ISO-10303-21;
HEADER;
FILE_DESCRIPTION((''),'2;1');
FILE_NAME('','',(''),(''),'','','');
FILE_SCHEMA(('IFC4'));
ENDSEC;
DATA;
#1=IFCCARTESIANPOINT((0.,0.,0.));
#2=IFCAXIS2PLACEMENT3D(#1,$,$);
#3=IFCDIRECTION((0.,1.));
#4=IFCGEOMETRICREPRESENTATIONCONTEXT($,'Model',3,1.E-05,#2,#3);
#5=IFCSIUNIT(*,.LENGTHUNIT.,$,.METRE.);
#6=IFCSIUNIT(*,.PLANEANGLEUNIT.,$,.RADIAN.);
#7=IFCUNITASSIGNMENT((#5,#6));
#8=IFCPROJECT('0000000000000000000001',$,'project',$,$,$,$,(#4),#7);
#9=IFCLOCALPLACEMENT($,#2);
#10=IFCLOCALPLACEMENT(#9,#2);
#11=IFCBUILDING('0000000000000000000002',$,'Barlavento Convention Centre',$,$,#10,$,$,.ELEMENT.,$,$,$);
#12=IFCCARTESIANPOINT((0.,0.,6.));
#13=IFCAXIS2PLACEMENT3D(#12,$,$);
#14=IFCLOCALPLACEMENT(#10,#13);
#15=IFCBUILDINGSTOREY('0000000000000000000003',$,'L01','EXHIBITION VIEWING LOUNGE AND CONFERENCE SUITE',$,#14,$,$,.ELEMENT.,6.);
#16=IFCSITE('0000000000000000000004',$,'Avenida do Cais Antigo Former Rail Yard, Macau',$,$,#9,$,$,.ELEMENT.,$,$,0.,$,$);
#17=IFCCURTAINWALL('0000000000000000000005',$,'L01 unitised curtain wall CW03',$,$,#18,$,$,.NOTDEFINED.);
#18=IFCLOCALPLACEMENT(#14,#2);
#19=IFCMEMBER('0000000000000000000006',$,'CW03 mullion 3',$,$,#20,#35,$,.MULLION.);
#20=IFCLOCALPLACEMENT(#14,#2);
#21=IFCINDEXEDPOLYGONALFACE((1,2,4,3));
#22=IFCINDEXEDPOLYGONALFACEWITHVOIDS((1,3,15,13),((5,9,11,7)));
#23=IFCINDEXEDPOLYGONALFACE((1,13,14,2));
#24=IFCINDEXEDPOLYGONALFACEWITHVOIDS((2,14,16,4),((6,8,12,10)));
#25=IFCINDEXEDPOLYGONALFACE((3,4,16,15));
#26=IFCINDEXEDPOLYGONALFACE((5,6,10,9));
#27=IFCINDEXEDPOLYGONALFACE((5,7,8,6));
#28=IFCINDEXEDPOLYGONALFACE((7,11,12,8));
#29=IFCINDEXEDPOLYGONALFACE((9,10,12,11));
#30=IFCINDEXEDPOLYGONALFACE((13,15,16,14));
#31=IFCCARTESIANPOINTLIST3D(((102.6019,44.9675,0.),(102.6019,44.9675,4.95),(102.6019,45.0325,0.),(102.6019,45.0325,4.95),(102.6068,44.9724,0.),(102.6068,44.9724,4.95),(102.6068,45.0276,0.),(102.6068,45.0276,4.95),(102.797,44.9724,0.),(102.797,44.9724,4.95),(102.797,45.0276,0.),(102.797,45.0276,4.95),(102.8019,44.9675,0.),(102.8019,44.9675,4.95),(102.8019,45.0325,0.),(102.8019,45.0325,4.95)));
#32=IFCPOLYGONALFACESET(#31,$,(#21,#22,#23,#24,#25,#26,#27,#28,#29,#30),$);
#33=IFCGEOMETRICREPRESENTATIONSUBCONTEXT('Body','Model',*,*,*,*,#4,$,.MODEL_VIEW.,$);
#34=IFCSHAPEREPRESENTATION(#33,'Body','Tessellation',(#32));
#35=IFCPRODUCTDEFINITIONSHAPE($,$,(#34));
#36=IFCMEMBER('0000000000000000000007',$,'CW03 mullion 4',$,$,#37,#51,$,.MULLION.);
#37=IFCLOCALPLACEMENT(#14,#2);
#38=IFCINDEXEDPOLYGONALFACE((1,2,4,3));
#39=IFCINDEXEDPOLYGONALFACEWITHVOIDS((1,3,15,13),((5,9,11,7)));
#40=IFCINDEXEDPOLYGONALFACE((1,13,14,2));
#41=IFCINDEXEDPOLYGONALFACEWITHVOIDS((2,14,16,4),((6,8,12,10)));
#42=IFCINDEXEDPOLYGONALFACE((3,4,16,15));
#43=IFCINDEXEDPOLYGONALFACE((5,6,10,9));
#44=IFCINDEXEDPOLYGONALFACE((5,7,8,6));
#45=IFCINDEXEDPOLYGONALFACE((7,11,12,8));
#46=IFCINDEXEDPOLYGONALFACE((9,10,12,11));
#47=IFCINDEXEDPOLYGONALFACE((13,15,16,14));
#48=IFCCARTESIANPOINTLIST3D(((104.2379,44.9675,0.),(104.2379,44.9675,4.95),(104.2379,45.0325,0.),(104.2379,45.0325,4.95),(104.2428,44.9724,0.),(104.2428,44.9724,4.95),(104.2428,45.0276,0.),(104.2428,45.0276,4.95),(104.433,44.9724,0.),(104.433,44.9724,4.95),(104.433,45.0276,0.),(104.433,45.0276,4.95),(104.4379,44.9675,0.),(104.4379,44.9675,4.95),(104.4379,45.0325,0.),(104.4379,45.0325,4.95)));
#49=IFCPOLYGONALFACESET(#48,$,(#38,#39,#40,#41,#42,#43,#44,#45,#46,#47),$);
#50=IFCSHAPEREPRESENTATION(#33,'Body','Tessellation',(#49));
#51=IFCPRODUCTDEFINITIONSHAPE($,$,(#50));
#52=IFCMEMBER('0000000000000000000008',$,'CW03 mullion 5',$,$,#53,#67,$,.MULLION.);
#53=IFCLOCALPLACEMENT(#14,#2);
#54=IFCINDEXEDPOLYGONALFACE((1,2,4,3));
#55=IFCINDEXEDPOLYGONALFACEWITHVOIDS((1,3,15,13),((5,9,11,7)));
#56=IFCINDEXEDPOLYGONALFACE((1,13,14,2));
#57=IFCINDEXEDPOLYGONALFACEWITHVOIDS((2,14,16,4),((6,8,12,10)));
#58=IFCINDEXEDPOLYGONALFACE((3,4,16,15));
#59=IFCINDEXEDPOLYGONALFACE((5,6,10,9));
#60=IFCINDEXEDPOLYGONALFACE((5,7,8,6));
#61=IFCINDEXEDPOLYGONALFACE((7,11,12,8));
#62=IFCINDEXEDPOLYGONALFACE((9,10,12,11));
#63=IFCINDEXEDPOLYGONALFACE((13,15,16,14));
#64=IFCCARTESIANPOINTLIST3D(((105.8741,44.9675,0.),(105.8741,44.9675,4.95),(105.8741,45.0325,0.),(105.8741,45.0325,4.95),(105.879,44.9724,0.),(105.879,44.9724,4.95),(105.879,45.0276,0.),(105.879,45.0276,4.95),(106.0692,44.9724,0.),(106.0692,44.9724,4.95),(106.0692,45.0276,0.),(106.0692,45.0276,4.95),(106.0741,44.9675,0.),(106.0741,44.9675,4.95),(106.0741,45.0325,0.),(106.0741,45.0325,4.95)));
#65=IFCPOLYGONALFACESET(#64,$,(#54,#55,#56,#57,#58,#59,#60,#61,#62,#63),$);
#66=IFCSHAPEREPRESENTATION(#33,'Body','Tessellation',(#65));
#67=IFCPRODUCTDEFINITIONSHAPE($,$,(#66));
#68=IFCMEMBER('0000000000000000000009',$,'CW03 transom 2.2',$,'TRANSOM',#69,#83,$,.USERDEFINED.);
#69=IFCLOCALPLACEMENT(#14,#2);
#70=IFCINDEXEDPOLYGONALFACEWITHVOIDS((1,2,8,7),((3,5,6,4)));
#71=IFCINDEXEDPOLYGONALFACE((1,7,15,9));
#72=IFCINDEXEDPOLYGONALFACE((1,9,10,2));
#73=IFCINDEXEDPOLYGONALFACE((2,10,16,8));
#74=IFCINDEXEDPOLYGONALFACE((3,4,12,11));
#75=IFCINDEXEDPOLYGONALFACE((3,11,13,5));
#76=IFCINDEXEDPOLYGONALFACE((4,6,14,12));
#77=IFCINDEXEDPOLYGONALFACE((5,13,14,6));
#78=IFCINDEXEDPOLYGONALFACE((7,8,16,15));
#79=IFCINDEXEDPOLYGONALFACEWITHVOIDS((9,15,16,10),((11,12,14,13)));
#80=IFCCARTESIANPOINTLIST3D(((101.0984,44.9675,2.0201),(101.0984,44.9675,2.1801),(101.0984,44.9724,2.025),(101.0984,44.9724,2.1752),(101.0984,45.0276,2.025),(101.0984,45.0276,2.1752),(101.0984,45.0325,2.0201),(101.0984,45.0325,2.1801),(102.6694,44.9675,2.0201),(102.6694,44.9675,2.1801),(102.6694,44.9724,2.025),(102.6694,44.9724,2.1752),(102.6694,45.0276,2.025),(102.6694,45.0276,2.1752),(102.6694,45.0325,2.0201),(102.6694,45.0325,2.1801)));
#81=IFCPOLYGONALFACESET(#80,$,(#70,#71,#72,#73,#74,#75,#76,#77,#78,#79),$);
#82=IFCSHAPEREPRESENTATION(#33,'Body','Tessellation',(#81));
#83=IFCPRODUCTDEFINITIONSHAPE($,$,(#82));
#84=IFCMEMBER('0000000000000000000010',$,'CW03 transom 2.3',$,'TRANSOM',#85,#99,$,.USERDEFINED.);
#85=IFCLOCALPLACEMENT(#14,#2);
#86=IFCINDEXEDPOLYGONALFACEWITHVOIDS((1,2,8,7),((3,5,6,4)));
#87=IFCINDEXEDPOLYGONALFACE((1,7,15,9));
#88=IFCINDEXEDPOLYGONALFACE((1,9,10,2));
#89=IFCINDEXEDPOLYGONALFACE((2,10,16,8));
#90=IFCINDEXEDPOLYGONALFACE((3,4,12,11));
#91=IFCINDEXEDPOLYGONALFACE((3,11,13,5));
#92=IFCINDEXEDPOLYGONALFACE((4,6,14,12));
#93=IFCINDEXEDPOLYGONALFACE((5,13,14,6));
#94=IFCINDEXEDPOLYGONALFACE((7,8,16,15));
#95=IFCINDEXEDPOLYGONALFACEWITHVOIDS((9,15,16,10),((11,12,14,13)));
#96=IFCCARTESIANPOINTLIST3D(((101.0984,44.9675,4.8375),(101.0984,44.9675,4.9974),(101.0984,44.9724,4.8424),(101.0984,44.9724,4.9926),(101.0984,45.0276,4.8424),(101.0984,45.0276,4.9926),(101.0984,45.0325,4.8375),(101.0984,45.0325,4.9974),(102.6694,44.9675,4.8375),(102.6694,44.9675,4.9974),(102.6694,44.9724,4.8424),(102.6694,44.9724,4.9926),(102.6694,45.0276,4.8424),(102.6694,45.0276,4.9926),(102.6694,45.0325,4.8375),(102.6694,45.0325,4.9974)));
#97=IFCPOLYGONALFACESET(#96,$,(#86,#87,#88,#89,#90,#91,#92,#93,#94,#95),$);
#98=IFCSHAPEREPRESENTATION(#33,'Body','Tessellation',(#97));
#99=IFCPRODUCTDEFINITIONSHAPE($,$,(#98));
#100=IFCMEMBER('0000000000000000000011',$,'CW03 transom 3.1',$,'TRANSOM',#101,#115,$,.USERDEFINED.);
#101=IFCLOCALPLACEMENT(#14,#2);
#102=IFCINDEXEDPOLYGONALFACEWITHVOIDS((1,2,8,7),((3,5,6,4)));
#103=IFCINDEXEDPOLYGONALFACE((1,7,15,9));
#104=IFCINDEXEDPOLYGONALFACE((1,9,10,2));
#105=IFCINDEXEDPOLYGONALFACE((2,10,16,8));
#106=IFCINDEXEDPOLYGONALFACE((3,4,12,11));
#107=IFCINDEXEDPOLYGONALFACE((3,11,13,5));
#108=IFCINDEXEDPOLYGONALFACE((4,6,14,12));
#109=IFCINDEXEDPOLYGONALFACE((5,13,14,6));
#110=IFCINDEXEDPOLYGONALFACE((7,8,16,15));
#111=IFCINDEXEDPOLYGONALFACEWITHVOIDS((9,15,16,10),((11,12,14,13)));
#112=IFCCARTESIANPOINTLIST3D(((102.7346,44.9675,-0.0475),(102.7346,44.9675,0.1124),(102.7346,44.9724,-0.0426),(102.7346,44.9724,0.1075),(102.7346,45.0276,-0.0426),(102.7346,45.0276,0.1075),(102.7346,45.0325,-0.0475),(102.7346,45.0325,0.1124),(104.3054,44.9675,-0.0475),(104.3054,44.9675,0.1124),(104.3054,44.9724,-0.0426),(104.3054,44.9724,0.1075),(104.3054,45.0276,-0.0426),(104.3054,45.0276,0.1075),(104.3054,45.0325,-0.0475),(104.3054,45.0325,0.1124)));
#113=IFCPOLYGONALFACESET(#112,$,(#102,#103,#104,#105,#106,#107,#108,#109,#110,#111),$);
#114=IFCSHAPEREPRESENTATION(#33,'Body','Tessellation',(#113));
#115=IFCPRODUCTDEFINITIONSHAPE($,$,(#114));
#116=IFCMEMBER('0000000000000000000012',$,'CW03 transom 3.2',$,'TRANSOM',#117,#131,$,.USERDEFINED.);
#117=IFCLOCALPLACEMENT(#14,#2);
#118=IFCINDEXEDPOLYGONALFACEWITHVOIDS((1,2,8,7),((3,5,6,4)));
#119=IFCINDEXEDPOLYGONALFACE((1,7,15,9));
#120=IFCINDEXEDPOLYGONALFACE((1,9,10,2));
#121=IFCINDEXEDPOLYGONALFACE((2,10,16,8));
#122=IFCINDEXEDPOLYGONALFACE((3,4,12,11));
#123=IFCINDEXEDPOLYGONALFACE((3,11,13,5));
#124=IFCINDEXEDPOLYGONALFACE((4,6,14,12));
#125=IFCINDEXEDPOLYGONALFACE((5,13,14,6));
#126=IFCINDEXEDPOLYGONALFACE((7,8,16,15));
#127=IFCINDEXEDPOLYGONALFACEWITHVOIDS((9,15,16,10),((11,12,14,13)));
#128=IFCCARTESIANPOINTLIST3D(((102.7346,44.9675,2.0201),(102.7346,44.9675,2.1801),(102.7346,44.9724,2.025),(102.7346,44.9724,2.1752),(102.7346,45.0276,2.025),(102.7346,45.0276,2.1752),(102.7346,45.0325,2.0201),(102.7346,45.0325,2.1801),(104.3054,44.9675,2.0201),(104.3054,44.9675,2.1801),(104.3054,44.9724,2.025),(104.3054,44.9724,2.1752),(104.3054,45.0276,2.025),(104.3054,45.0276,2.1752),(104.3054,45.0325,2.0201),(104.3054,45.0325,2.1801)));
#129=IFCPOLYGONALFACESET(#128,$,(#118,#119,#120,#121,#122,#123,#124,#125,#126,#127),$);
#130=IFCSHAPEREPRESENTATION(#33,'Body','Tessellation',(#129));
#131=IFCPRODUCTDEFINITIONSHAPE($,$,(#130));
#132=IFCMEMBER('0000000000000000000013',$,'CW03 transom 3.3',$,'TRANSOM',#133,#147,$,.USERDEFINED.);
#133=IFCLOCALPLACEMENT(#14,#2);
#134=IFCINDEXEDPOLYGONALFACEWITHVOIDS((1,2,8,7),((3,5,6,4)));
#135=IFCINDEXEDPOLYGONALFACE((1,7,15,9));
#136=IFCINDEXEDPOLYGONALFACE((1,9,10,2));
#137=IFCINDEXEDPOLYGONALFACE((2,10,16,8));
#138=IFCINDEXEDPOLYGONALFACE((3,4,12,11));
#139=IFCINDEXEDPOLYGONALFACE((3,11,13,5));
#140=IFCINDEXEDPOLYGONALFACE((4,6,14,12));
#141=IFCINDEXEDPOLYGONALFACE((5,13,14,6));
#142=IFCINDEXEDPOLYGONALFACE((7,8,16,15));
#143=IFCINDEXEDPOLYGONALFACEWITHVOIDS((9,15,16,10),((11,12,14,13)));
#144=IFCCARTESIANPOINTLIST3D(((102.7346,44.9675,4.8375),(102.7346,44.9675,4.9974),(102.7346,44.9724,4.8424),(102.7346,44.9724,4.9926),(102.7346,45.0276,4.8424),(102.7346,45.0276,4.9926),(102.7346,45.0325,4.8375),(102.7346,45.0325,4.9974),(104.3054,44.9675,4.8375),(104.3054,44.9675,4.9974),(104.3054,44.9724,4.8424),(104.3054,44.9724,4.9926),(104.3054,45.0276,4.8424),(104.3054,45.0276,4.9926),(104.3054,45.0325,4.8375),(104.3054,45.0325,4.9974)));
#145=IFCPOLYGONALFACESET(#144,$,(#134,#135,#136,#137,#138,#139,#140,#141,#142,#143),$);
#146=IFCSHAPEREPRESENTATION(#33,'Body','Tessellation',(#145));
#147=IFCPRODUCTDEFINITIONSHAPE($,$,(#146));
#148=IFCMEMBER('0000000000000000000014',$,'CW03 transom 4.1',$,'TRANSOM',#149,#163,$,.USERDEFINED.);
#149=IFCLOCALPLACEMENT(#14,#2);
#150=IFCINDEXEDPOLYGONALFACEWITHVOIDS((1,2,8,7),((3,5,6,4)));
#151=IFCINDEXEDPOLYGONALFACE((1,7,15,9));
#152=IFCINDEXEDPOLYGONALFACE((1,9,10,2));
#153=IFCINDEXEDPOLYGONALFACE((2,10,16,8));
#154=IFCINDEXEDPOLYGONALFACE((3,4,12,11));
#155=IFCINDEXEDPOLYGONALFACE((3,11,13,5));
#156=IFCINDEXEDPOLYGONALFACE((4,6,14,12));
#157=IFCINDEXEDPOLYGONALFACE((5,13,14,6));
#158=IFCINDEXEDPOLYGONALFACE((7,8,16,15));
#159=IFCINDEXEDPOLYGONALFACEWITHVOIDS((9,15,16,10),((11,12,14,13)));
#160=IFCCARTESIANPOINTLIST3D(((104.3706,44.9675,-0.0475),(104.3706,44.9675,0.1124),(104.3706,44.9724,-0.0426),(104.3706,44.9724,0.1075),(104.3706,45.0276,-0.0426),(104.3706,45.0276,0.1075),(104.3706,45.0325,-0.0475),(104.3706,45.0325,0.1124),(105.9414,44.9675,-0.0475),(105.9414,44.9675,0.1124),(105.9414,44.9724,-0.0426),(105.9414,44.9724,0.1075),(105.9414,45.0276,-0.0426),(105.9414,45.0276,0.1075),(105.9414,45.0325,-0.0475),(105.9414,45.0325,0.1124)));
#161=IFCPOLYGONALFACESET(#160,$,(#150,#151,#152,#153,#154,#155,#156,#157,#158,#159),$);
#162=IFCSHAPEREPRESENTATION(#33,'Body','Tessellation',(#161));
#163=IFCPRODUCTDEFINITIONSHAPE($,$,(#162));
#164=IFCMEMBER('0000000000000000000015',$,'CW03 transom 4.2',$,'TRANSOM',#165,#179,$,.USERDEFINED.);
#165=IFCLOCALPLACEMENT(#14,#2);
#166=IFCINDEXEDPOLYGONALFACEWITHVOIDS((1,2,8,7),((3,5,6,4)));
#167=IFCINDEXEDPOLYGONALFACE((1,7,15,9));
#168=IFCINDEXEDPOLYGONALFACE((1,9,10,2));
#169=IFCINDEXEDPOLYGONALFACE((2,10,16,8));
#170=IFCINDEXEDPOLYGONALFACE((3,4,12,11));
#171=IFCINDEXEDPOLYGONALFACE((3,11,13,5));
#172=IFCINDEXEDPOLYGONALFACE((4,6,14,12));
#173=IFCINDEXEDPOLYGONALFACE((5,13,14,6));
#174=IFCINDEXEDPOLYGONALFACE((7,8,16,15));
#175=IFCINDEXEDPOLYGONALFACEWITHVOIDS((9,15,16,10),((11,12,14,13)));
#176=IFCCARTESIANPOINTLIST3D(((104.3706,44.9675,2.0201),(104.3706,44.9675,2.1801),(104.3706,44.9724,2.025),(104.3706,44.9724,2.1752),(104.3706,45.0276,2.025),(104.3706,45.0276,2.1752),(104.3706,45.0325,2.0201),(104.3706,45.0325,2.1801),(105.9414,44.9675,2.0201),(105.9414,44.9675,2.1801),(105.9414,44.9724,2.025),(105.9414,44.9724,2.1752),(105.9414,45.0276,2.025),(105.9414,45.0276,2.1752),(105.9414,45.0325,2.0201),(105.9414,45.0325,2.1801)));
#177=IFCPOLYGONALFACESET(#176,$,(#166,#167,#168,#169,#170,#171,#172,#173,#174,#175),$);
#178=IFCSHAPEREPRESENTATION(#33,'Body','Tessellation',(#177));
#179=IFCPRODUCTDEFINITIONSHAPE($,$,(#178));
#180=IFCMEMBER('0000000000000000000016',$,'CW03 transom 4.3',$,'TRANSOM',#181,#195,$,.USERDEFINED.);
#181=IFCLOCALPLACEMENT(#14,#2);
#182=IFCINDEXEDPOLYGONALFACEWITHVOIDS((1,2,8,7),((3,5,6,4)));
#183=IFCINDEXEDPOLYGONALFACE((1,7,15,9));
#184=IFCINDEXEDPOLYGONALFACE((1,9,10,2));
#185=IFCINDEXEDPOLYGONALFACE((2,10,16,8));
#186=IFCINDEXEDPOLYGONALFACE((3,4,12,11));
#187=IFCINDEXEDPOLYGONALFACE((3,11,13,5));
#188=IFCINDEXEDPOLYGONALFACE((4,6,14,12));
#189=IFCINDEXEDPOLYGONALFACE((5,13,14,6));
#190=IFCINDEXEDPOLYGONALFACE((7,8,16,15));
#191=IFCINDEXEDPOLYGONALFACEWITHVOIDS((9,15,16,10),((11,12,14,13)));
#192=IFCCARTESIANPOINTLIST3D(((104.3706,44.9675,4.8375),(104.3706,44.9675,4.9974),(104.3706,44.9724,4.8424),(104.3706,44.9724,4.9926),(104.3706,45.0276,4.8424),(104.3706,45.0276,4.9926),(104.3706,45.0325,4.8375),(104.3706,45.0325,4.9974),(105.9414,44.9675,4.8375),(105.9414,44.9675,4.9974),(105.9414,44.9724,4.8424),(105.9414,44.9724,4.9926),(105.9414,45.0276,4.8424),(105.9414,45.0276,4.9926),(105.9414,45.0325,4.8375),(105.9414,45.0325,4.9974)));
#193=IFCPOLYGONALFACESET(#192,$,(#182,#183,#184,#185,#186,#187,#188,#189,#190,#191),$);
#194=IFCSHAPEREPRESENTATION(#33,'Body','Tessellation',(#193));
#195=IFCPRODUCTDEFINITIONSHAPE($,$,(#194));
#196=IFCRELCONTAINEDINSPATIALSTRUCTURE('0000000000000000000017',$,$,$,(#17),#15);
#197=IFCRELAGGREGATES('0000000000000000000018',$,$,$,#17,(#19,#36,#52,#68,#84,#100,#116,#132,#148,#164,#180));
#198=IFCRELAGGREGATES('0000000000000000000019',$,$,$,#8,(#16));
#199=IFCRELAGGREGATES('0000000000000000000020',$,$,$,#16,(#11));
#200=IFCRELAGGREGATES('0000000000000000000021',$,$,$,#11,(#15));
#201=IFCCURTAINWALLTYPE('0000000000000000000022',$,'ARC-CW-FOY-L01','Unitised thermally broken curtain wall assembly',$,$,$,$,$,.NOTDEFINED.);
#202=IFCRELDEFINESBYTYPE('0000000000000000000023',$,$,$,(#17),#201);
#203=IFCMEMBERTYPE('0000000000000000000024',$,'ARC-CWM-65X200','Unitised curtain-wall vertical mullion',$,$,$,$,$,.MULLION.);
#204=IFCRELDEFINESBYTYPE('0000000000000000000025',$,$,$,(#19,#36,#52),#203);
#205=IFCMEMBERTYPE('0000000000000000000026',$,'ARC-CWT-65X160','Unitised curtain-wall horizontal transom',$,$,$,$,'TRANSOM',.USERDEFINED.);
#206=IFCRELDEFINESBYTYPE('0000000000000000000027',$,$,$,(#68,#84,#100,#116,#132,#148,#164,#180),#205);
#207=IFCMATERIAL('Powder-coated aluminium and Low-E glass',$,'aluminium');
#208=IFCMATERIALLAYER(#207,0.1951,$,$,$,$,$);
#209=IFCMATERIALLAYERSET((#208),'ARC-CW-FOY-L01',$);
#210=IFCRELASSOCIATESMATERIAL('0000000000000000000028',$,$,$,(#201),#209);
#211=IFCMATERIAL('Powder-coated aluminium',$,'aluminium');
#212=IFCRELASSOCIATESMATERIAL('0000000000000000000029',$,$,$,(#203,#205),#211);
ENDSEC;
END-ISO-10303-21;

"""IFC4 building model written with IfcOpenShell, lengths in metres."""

from ifc_helpers import new_model, si_unit, direction, frame, origin, origin_2d, place, context, subcontext, project, spatial, hollow_rectangle, extrude, material, layer, layer_set, material_profile, profile_set, type_object, element, aggregate, save


model = new_model("IFC4")

# Units and contexts
model_context = context("Model", 3, precision=1e-05, world=origin(), true_north=direction((0.0, 1.0)))
body_context = subcontext(model_context, "Body", "Model", "MODEL_VIEW")
ifc_project = project(units=[si_unit("LENGTHUNIT", "METRE"), si_unit("PLANEANGLEUNIT", "RADIAN")], contexts=[model_context])

# Site, building, storey
site_placement = place(None, origin())
site = spatial("IfcSite", under=ifc_project, at=site_placement, Name="Avenida do Cais Antigo Former Rail Yard, Macau", CompositionType="ELEMENT", RefElevation=0.0)
building_placement = place(site_placement, origin())
building = spatial("IfcBuilding", under=site, at=building_placement, Name="Barlavento Convention Centre", CompositionType="ELEMENT")
storey_placement = place(building_placement, frame((0.0, 0.0, 6.0)))
storey = spatial("IfcBuildingStorey", under=building, at=storey_placement, Name="L01", Description="EXHIBITION VIEWING LOUNGE AND CONFERENCE SUITE", CompositionType="ELEMENT", Elevation=6.0)

# Curtain wall, members
ifc_material_1 = material(Name="Powder-coated aluminium and Low-E glass", Category="aluminium")
ifc_layer_1 = layer(ifc_material_1, 0.1951)
ifc_layer_set_1 = layer_set([ifc_layer_1], Name="ARC-CW-FOY-L01")
curtain_wall_type = type_object("IfcCurtainWallType", Name="ARC-CW-FOY-L01", Description="Unitised thermally broken curtain wall assembly", PredefinedType="NOTDEFINED", material=ifc_layer_set_1)
curtain_wall_placement = place(storey_placement, origin())
curtain_wall = element("IfcCurtainWall", 1, at=curtain_wall_placement, inside=storey, type_object=curtain_wall_type, Name="L01 unitised curtain wall CW03", PredefinedType="NOTDEFINED")
ifc_material_2 = material(Name="Powder-coated aluminium", Category="aluminium")
ifc_material_profile_1 = material_profile(ifc_material_2, hollow_rectangle(XDim=0.0649, YDim=0.2, WallThickness=0.0049, at=origin_2d()), Name="AL-MULL 65x200x5")
ifc_profile_set_1 = profile_set([ifc_material_profile_1], Name="Powder-coated aluminium")
member_type_1 = type_object("IfcMemberType", Name="ARC-CWM-65X200", Description="Unitised curtain-wall vertical mullion", PredefinedType="MULLION", material=ifc_profile_set_1)
member_1_placement = place(storey_placement, frame((102.7019, 45.0, 0.0), z_axis=(0.0, 0.0, 1.0), x_axis=(0.0, 1.0, 0.0)))
member_1 = element("IfcMember", 2, at=member_1_placement, type_object=member_type_1, Name="CW03 mullion 3", PredefinedType="MULLION", context=body_context, shape_type="SweptSolid", body=[
    extrude(hollow_rectangle(XDim=0.0649, YDim=0.2, WallThickness=0.0049, at=origin_2d()), origin(), (0.0, 0.0, 1.0), 4.95),
])
member_2_placement = place(storey_placement, frame((104.3379, 45.0, 0.0), z_axis=(0.0, 0.0, 1.0), x_axis=(0.0, 1.0, 0.0)))
member_2 = element("IfcMember", 3, at=member_2_placement, type_object=member_type_1, Name="CW03 mullion 4", PredefinedType="MULLION", context=body_context, shape_type="SweptSolid", body=[
    extrude(hollow_rectangle(XDim=0.0649, YDim=0.2, WallThickness=0.0049, at=origin_2d()), origin(), (0.0, 0.0, 1.0), 4.95),
])
member_3_placement = place(storey_placement, frame((105.9741, 45.0, 0.0), z_axis=(0.0, 0.0, 1.0), x_axis=(0.0, 1.0, 0.0)))
member_3 = element("IfcMember", 4, at=member_3_placement, type_object=member_type_1, Name="CW03 mullion 5", PredefinedType="MULLION", context=body_context, shape_type="SweptSolid", body=[
    extrude(hollow_rectangle(XDim=0.0649, YDim=0.2, WallThickness=0.0049, at=origin_2d()), origin(), (0.0, 0.0, 1.0), 4.95),
])
ifc_material_profile_2 = material_profile(ifc_material_2, hollow_rectangle(XDim=0.0649, YDim=0.1599, WallThickness=0.0049, at=origin_2d()), Name="AL-TRAN 65x160x5")
ifc_profile_set_2 = profile_set([ifc_material_profile_2], Name="Powder-coated aluminium")
member_type_2 = type_object("IfcMemberType", Name="ARC-CWT-65X160", Description="Unitised curtain-wall horizontal transom", ElementType="TRANSOM", PredefinedType="USERDEFINED", material=ifc_profile_set_2)
member_4_placement = place(storey_placement, frame((101.0984, 45.0, 2.1001), z_axis=(1.0, 0.0, 0.0), x_axis=(0.0, 1.0, 0.0)))
member_4 = element("IfcMember", 5, at=member_4_placement, type_object=member_type_2, Name="CW03 transom 2.2", ObjectType="TRANSOM", PredefinedType="USERDEFINED", context=body_context, shape_type="SweptSolid", body=[
    extrude(hollow_rectangle(XDim=0.0649, YDim=0.1599, WallThickness=0.0049, at=origin_2d()), origin(), (0.0, 0.0, 1.0), 1.571),
])
member_5_placement = place(storey_placement, frame((101.0984, 45.0, 4.9175), z_axis=(1.0, 0.0, 0.0), x_axis=(0.0, 1.0, 0.0)))
member_5 = element("IfcMember", 6, at=member_5_placement, type_object=member_type_2, Name="CW03 transom 2.3", ObjectType="TRANSOM", PredefinedType="USERDEFINED", context=body_context, shape_type="SweptSolid", body=[
    extrude(hollow_rectangle(XDim=0.0649, YDim=0.1599, WallThickness=0.0049, at=origin_2d()), origin(), (0.0, 0.0, 1.0), 1.571),
])
member_6_placement = place(storey_placement, frame((102.7346, 45.0, 0.0325), z_axis=(1.0, 0.0, 0.0), x_axis=(0.0, 1.0, 0.0)))
member_6 = element("IfcMember", 7, at=member_6_placement, type_object=member_type_2, Name="CW03 transom 3.1", ObjectType="TRANSOM", PredefinedType="USERDEFINED", context=body_context, shape_type="SweptSolid", body=[
    extrude(hollow_rectangle(XDim=0.0649, YDim=0.1599, WallThickness=0.0049, at=origin_2d()), origin(), (0.0, 0.0, 1.0), 1.5708),
])
member_7_placement = place(storey_placement, frame((102.7346, 45.0, 2.1001), z_axis=(1.0, 0.0, 0.0), x_axis=(0.0, 1.0, 0.0)))
member_7 = element("IfcMember", 8, at=member_7_placement, type_object=member_type_2, Name="CW03 transom 3.2", ObjectType="TRANSOM", PredefinedType="USERDEFINED", context=body_context, shape_type="SweptSolid", body=[
    extrude(hollow_rectangle(XDim=0.0649, YDim=0.1599, WallThickness=0.0049, at=origin_2d()), origin(), (0.0, 0.0, 1.0), 1.5708),
])
member_8_placement = place(storey_placement, frame((102.7346, 45.0, 4.9175), z_axis=(1.0, 0.0, 0.0), x_axis=(0.0, 1.0, 0.0)))
member_8 = element("IfcMember", 9, at=member_8_placement, type_object=member_type_2, Name="CW03 transom 3.3", ObjectType="TRANSOM", PredefinedType="USERDEFINED", context=body_context, shape_type="SweptSolid", body=[
    extrude(hollow_rectangle(XDim=0.0649, YDim=0.1599, WallThickness=0.0049, at=origin_2d()), origin(), (0.0, 0.0, 1.0), 1.5708),
])
member_9_placement = place(storey_placement, frame((104.3706, 45.0, 0.0325), z_axis=(1.0, 0.0, 0.0), x_axis=(0.0, 1.0, 0.0)))
member_9 = element("IfcMember", 10, at=member_9_placement, type_object=member_type_2, Name="CW03 transom 4.1", ObjectType="TRANSOM", PredefinedType="USERDEFINED", context=body_context, shape_type="SweptSolid", body=[
    extrude(hollow_rectangle(XDim=0.0649, YDim=0.1599, WallThickness=0.0049, at=origin_2d()), origin(), (0.0, 0.0, 1.0), 1.5708),
])
member_10_placement = place(storey_placement, frame((104.3706, 45.0, 2.1001), z_axis=(1.0, 0.0, 0.0), x_axis=(0.0, 1.0, 0.0)))
member_10 = element("IfcMember", 11, at=member_10_placement, type_object=member_type_2, Name="CW03 transom 4.2", ObjectType="TRANSOM", PredefinedType="USERDEFINED", context=body_context, shape_type="SweptSolid", body=[
    extrude(hollow_rectangle(XDim=0.0649, YDim=0.1599, WallThickness=0.0049, at=origin_2d()), origin(), (0.0, 0.0, 1.0), 1.5708),
])
member_11_placement = place(storey_placement, frame((104.3706, 45.0, 4.9175), z_axis=(1.0, 0.0, 0.0), x_axis=(0.0, 1.0, 0.0)))
member_11 = element("IfcMember", 12, at=member_11_placement, type_object=member_type_2, Name="CW03 transom 4.3", ObjectType="TRANSOM", PredefinedType="USERDEFINED", context=body_context, shape_type="SweptSolid", body=[
    extrude(hollow_rectangle(XDim=0.0649, YDim=0.1599, WallThickness=0.0049, at=origin_2d()), origin(), (0.0, 0.0, 1.0), 1.5708),
])
aggregate(curtain_wall, [member_1, member_2, member_3, member_4, member_5, member_6, member_7, member_8, member_9, member_10, member_11])

save(model, "model.ifc")
